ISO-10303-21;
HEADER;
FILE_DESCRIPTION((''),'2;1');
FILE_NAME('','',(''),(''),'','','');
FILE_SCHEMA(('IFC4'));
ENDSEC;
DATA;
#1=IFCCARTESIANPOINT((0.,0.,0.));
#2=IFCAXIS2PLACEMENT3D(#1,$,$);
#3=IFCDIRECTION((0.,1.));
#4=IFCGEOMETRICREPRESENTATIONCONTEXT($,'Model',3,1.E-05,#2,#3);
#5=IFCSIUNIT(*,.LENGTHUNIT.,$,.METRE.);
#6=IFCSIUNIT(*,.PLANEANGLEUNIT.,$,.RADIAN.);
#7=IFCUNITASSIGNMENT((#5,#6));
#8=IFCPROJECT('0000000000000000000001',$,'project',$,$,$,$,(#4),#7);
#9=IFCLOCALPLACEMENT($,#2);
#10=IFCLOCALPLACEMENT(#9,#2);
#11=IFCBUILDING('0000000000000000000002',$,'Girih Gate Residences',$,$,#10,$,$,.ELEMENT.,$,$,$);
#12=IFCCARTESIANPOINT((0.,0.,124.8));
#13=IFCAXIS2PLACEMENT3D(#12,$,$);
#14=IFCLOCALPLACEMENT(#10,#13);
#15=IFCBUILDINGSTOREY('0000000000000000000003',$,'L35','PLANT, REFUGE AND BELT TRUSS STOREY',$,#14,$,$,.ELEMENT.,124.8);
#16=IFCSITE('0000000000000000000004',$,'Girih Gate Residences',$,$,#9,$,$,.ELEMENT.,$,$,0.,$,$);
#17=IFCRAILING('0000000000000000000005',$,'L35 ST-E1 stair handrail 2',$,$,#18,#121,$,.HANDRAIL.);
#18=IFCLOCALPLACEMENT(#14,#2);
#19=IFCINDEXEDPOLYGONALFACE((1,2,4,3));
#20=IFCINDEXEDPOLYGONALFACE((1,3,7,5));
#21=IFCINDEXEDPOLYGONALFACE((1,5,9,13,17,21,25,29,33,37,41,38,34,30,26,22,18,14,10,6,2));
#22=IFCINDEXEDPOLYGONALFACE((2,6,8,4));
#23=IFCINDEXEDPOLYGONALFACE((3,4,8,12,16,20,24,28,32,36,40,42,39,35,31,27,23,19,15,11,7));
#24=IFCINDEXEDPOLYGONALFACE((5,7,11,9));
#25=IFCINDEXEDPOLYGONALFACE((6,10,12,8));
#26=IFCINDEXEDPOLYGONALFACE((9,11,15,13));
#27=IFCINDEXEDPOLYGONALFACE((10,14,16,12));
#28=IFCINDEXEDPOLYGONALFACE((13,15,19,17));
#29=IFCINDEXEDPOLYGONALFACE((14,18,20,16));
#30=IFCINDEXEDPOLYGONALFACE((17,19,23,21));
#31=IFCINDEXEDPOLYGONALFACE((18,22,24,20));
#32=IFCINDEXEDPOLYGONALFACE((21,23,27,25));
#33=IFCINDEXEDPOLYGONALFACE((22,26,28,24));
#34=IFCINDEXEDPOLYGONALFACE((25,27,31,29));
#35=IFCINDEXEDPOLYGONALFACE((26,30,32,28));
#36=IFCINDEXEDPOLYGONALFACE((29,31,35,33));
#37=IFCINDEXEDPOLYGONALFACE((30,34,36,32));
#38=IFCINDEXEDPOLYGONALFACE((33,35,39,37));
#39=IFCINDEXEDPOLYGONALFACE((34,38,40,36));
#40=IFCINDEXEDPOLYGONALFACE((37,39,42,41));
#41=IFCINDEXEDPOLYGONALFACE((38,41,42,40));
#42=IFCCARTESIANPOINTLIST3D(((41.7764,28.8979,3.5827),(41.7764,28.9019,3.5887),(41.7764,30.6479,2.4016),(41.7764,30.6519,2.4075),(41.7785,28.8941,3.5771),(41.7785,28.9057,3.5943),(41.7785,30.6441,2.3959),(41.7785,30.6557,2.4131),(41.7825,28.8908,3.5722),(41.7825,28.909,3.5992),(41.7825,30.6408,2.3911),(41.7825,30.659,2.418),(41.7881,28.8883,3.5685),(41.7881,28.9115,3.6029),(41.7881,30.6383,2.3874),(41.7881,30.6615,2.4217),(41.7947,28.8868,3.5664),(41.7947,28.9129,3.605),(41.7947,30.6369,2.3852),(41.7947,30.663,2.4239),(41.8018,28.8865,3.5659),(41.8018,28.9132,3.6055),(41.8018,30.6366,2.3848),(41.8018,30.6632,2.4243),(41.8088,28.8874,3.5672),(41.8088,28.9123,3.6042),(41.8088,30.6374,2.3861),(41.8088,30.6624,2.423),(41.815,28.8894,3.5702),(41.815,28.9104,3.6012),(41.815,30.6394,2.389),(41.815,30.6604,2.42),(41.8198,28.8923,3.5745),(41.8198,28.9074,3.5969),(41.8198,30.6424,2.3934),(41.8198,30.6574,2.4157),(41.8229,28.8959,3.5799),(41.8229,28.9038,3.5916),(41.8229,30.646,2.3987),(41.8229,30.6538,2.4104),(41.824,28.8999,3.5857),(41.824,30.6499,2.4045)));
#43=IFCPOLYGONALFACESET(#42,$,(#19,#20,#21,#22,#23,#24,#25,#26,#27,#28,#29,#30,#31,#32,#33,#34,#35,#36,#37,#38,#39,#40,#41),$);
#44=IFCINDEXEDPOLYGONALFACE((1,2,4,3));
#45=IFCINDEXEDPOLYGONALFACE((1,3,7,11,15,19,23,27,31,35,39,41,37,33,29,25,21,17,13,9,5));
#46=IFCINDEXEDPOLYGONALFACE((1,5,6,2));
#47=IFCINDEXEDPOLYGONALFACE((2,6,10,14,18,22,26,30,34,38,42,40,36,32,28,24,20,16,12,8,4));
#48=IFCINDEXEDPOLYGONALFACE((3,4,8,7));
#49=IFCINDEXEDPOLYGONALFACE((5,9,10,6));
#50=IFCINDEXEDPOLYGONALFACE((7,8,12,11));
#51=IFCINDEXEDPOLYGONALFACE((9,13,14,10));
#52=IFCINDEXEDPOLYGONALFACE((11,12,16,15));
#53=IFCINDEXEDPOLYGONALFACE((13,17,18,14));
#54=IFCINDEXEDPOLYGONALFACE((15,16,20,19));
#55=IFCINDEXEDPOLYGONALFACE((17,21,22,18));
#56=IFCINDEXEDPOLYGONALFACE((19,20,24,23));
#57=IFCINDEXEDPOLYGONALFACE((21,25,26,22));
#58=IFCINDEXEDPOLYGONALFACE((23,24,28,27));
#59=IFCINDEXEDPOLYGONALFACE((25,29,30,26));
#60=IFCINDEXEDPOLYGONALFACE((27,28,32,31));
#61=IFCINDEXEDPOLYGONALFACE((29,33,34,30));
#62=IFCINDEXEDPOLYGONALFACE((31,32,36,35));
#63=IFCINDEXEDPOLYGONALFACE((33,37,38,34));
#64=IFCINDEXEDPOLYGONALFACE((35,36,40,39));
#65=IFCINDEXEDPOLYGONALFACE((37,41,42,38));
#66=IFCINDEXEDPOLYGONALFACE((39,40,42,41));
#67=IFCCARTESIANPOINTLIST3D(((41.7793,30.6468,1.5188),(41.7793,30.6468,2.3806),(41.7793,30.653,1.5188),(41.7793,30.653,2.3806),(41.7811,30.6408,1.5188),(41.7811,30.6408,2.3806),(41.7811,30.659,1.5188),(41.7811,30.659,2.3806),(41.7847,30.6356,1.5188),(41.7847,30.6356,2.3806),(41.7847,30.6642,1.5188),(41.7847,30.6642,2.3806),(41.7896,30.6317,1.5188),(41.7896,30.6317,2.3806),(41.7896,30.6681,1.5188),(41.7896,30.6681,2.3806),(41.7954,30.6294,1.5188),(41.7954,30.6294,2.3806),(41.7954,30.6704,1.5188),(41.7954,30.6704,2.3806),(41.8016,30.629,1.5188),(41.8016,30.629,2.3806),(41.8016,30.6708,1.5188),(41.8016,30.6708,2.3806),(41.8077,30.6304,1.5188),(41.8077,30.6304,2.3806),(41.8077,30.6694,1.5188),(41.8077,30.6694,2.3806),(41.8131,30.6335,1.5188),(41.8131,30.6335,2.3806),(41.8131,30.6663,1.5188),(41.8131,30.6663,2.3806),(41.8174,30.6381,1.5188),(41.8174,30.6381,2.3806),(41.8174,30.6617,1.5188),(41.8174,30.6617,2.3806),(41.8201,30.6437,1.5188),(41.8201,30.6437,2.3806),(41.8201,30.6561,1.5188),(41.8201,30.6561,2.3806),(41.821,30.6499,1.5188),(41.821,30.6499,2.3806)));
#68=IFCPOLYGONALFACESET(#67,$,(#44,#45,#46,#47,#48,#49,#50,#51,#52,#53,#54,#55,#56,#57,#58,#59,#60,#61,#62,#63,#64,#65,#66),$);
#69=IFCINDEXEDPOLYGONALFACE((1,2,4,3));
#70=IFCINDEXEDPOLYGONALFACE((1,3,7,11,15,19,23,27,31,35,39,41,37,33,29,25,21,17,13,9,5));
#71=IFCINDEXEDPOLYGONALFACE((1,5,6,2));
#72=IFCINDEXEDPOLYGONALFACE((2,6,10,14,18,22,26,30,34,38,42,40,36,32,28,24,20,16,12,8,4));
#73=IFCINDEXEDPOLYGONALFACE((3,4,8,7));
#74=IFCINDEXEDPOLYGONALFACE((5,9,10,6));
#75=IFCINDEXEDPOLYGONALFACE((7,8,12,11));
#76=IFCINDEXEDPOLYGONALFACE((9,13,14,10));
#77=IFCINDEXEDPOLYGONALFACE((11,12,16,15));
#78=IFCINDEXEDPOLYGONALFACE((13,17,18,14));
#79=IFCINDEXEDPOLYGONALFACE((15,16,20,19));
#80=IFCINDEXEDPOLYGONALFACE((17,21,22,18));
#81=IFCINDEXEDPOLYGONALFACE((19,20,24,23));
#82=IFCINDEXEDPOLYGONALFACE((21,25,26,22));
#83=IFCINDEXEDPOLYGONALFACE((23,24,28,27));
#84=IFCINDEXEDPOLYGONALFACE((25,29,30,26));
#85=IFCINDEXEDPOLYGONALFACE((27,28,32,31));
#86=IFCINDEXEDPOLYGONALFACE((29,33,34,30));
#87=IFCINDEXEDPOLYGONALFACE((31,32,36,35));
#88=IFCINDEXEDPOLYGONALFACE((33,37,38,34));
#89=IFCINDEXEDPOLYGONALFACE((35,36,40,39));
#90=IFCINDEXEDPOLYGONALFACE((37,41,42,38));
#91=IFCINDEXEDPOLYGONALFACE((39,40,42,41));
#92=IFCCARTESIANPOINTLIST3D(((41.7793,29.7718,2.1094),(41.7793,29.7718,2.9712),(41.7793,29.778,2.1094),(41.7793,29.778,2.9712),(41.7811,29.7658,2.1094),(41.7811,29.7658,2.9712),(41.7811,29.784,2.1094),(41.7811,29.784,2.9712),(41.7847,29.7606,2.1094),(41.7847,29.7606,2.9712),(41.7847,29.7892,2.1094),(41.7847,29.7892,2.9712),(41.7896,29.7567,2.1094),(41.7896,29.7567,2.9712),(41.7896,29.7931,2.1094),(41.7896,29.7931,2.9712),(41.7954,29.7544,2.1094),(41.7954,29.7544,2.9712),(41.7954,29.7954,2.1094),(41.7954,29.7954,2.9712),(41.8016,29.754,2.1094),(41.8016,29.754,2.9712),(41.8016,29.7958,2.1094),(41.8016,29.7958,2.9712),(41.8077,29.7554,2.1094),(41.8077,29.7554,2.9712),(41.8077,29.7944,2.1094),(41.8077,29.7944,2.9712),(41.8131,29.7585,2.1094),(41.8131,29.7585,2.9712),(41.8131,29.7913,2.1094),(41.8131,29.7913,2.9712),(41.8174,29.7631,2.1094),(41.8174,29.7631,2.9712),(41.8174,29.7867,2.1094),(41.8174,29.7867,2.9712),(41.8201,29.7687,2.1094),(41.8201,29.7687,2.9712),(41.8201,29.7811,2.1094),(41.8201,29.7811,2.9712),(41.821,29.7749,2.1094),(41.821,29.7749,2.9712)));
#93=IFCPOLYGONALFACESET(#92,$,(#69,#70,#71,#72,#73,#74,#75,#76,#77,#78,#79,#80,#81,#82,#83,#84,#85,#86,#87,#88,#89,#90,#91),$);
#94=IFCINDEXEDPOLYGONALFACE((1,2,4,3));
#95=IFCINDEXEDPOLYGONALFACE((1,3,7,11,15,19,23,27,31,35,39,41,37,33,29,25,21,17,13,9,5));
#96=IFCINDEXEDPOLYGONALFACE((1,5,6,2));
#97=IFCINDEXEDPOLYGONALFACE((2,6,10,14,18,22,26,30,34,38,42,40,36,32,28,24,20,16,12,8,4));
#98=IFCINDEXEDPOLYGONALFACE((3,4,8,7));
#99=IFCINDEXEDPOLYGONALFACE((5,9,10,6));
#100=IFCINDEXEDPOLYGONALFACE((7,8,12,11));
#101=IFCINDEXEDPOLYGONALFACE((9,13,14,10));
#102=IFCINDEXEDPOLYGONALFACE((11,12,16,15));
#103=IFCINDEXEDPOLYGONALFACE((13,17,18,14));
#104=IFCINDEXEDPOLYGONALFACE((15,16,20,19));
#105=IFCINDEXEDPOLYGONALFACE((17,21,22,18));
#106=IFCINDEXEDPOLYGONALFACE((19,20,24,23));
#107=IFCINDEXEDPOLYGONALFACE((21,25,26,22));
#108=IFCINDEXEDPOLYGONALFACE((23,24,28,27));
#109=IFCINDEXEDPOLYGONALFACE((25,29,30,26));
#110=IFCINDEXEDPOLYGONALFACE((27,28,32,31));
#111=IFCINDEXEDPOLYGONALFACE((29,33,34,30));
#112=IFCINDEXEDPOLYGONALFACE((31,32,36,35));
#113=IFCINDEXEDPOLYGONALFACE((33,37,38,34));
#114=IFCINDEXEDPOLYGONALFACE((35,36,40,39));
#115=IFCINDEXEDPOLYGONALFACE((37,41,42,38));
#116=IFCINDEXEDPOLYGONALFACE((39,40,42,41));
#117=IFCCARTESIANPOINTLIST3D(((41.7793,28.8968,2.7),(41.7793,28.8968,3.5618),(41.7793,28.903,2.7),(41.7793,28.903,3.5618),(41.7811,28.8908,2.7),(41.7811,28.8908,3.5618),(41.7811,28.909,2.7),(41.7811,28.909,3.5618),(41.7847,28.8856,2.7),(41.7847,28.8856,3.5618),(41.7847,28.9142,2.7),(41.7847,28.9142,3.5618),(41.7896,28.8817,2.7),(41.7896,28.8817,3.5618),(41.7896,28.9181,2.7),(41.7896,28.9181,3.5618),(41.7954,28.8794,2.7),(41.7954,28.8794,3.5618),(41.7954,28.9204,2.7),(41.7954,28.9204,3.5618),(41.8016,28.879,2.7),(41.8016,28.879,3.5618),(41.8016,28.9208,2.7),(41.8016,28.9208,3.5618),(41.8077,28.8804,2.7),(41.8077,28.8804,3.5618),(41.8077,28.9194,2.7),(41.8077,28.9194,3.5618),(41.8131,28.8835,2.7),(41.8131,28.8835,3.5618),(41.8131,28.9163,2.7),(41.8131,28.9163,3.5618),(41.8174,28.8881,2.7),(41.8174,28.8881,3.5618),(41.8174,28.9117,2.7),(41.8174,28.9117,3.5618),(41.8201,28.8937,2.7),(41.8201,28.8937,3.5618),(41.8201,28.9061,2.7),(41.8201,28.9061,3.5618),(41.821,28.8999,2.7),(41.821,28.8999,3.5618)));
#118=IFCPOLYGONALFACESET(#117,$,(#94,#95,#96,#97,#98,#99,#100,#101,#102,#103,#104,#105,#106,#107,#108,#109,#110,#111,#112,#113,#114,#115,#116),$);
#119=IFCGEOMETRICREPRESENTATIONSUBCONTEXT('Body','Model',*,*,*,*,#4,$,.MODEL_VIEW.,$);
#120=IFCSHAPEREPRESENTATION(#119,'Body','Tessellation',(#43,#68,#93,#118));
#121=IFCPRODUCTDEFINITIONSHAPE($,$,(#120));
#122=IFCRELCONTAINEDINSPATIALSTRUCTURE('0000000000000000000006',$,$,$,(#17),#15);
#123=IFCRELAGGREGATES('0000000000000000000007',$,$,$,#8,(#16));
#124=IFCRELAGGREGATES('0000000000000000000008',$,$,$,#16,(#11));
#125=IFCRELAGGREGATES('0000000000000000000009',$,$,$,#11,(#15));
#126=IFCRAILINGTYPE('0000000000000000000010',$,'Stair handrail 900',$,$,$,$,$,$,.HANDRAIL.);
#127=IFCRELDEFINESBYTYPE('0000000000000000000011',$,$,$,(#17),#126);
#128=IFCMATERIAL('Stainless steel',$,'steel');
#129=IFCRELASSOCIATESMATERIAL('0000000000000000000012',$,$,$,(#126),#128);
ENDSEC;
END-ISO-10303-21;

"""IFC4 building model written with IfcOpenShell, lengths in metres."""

from ifc_helpers import new_model, si_unit, direction, frame, origin, origin_2d, place, context, subcontext, project, spatial, circle, extrude, material, type_object, element, save


model = new_model("IFC4")

# Units and contexts
model_context = context("Model", 3, precision=1e-05, world=origin(), true_north=direction((0.0, 1.0)))
body_context = subcontext(model_context, "Body", "Model", "MODEL_VIEW")
ifc_project = project(units=[si_unit("LENGTHUNIT", "METRE"), si_unit("PLANEANGLEUNIT", "RADIAN")], contexts=[model_context])

# Site, building, storey
site_placement = place(None, origin())
site = spatial("IfcSite", under=ifc_project, at=site_placement, Name="Girih Gate Residences", CompositionType="ELEMENT", RefElevation=0.0)
building_placement = place(site_placement, origin())
building = spatial("IfcBuilding", under=site, at=building_placement, Name="Girih Gate Residences", CompositionType="ELEMENT")
storey_placement = place(building_placement, frame((0.0, 0.0, 124.8)))
storey = spatial("IfcBuildingStorey", under=building, at=storey_placement, Name="L35", Description="PLANT, REFUGE AND BELT TRUSS STOREY", CompositionType="ELEMENT", Elevation=124.8)

# Railing
ifc_material_1 = material(Name="Stainless steel", Category="steel")
railing_type_1 = type_object("IfcRailingType", Name="Stair handrail 900", PredefinedType="HANDRAIL", material=ifc_material_1)
railing_1_placement = place(storey_placement, frame((41.8, 30.6499, 1.5188)))
element("IfcRailing", 1, at=railing_1_placement, inside=storey, type_object=railing_type_1, Name="L35 ST-E1 stair handrail 2", PredefinedType="HANDRAIL", context=body_context, shape_type="SweptSolid", body=[
    extrude(circle(Radius=0.0239, at=origin_2d()), frame((0.0, 0.0, 0.8857), z_axis=(0.0, -0.82887, 0.559441), x_axis=(1.0, 0.0, 0.0)), (0.0, 0.0, 1.0), 2.1113),
    extrude(circle(Radius=0.021, at=origin_2d()), origin(), (0.0, 0.0, 1.0), 0.8618),
    extrude(circle(Radius=0.021, at=origin_2d()), frame((0.0, -0.875, 0.5906)), (0.0, 0.0, 1.0), 0.8618),
    extrude(circle(Radius=0.021, at=origin_2d()), frame((0.0, -1.75, 1.1812)), (0.0, 0.0, 1.0), 0.8618),
])

save(model, "model.ifc")
